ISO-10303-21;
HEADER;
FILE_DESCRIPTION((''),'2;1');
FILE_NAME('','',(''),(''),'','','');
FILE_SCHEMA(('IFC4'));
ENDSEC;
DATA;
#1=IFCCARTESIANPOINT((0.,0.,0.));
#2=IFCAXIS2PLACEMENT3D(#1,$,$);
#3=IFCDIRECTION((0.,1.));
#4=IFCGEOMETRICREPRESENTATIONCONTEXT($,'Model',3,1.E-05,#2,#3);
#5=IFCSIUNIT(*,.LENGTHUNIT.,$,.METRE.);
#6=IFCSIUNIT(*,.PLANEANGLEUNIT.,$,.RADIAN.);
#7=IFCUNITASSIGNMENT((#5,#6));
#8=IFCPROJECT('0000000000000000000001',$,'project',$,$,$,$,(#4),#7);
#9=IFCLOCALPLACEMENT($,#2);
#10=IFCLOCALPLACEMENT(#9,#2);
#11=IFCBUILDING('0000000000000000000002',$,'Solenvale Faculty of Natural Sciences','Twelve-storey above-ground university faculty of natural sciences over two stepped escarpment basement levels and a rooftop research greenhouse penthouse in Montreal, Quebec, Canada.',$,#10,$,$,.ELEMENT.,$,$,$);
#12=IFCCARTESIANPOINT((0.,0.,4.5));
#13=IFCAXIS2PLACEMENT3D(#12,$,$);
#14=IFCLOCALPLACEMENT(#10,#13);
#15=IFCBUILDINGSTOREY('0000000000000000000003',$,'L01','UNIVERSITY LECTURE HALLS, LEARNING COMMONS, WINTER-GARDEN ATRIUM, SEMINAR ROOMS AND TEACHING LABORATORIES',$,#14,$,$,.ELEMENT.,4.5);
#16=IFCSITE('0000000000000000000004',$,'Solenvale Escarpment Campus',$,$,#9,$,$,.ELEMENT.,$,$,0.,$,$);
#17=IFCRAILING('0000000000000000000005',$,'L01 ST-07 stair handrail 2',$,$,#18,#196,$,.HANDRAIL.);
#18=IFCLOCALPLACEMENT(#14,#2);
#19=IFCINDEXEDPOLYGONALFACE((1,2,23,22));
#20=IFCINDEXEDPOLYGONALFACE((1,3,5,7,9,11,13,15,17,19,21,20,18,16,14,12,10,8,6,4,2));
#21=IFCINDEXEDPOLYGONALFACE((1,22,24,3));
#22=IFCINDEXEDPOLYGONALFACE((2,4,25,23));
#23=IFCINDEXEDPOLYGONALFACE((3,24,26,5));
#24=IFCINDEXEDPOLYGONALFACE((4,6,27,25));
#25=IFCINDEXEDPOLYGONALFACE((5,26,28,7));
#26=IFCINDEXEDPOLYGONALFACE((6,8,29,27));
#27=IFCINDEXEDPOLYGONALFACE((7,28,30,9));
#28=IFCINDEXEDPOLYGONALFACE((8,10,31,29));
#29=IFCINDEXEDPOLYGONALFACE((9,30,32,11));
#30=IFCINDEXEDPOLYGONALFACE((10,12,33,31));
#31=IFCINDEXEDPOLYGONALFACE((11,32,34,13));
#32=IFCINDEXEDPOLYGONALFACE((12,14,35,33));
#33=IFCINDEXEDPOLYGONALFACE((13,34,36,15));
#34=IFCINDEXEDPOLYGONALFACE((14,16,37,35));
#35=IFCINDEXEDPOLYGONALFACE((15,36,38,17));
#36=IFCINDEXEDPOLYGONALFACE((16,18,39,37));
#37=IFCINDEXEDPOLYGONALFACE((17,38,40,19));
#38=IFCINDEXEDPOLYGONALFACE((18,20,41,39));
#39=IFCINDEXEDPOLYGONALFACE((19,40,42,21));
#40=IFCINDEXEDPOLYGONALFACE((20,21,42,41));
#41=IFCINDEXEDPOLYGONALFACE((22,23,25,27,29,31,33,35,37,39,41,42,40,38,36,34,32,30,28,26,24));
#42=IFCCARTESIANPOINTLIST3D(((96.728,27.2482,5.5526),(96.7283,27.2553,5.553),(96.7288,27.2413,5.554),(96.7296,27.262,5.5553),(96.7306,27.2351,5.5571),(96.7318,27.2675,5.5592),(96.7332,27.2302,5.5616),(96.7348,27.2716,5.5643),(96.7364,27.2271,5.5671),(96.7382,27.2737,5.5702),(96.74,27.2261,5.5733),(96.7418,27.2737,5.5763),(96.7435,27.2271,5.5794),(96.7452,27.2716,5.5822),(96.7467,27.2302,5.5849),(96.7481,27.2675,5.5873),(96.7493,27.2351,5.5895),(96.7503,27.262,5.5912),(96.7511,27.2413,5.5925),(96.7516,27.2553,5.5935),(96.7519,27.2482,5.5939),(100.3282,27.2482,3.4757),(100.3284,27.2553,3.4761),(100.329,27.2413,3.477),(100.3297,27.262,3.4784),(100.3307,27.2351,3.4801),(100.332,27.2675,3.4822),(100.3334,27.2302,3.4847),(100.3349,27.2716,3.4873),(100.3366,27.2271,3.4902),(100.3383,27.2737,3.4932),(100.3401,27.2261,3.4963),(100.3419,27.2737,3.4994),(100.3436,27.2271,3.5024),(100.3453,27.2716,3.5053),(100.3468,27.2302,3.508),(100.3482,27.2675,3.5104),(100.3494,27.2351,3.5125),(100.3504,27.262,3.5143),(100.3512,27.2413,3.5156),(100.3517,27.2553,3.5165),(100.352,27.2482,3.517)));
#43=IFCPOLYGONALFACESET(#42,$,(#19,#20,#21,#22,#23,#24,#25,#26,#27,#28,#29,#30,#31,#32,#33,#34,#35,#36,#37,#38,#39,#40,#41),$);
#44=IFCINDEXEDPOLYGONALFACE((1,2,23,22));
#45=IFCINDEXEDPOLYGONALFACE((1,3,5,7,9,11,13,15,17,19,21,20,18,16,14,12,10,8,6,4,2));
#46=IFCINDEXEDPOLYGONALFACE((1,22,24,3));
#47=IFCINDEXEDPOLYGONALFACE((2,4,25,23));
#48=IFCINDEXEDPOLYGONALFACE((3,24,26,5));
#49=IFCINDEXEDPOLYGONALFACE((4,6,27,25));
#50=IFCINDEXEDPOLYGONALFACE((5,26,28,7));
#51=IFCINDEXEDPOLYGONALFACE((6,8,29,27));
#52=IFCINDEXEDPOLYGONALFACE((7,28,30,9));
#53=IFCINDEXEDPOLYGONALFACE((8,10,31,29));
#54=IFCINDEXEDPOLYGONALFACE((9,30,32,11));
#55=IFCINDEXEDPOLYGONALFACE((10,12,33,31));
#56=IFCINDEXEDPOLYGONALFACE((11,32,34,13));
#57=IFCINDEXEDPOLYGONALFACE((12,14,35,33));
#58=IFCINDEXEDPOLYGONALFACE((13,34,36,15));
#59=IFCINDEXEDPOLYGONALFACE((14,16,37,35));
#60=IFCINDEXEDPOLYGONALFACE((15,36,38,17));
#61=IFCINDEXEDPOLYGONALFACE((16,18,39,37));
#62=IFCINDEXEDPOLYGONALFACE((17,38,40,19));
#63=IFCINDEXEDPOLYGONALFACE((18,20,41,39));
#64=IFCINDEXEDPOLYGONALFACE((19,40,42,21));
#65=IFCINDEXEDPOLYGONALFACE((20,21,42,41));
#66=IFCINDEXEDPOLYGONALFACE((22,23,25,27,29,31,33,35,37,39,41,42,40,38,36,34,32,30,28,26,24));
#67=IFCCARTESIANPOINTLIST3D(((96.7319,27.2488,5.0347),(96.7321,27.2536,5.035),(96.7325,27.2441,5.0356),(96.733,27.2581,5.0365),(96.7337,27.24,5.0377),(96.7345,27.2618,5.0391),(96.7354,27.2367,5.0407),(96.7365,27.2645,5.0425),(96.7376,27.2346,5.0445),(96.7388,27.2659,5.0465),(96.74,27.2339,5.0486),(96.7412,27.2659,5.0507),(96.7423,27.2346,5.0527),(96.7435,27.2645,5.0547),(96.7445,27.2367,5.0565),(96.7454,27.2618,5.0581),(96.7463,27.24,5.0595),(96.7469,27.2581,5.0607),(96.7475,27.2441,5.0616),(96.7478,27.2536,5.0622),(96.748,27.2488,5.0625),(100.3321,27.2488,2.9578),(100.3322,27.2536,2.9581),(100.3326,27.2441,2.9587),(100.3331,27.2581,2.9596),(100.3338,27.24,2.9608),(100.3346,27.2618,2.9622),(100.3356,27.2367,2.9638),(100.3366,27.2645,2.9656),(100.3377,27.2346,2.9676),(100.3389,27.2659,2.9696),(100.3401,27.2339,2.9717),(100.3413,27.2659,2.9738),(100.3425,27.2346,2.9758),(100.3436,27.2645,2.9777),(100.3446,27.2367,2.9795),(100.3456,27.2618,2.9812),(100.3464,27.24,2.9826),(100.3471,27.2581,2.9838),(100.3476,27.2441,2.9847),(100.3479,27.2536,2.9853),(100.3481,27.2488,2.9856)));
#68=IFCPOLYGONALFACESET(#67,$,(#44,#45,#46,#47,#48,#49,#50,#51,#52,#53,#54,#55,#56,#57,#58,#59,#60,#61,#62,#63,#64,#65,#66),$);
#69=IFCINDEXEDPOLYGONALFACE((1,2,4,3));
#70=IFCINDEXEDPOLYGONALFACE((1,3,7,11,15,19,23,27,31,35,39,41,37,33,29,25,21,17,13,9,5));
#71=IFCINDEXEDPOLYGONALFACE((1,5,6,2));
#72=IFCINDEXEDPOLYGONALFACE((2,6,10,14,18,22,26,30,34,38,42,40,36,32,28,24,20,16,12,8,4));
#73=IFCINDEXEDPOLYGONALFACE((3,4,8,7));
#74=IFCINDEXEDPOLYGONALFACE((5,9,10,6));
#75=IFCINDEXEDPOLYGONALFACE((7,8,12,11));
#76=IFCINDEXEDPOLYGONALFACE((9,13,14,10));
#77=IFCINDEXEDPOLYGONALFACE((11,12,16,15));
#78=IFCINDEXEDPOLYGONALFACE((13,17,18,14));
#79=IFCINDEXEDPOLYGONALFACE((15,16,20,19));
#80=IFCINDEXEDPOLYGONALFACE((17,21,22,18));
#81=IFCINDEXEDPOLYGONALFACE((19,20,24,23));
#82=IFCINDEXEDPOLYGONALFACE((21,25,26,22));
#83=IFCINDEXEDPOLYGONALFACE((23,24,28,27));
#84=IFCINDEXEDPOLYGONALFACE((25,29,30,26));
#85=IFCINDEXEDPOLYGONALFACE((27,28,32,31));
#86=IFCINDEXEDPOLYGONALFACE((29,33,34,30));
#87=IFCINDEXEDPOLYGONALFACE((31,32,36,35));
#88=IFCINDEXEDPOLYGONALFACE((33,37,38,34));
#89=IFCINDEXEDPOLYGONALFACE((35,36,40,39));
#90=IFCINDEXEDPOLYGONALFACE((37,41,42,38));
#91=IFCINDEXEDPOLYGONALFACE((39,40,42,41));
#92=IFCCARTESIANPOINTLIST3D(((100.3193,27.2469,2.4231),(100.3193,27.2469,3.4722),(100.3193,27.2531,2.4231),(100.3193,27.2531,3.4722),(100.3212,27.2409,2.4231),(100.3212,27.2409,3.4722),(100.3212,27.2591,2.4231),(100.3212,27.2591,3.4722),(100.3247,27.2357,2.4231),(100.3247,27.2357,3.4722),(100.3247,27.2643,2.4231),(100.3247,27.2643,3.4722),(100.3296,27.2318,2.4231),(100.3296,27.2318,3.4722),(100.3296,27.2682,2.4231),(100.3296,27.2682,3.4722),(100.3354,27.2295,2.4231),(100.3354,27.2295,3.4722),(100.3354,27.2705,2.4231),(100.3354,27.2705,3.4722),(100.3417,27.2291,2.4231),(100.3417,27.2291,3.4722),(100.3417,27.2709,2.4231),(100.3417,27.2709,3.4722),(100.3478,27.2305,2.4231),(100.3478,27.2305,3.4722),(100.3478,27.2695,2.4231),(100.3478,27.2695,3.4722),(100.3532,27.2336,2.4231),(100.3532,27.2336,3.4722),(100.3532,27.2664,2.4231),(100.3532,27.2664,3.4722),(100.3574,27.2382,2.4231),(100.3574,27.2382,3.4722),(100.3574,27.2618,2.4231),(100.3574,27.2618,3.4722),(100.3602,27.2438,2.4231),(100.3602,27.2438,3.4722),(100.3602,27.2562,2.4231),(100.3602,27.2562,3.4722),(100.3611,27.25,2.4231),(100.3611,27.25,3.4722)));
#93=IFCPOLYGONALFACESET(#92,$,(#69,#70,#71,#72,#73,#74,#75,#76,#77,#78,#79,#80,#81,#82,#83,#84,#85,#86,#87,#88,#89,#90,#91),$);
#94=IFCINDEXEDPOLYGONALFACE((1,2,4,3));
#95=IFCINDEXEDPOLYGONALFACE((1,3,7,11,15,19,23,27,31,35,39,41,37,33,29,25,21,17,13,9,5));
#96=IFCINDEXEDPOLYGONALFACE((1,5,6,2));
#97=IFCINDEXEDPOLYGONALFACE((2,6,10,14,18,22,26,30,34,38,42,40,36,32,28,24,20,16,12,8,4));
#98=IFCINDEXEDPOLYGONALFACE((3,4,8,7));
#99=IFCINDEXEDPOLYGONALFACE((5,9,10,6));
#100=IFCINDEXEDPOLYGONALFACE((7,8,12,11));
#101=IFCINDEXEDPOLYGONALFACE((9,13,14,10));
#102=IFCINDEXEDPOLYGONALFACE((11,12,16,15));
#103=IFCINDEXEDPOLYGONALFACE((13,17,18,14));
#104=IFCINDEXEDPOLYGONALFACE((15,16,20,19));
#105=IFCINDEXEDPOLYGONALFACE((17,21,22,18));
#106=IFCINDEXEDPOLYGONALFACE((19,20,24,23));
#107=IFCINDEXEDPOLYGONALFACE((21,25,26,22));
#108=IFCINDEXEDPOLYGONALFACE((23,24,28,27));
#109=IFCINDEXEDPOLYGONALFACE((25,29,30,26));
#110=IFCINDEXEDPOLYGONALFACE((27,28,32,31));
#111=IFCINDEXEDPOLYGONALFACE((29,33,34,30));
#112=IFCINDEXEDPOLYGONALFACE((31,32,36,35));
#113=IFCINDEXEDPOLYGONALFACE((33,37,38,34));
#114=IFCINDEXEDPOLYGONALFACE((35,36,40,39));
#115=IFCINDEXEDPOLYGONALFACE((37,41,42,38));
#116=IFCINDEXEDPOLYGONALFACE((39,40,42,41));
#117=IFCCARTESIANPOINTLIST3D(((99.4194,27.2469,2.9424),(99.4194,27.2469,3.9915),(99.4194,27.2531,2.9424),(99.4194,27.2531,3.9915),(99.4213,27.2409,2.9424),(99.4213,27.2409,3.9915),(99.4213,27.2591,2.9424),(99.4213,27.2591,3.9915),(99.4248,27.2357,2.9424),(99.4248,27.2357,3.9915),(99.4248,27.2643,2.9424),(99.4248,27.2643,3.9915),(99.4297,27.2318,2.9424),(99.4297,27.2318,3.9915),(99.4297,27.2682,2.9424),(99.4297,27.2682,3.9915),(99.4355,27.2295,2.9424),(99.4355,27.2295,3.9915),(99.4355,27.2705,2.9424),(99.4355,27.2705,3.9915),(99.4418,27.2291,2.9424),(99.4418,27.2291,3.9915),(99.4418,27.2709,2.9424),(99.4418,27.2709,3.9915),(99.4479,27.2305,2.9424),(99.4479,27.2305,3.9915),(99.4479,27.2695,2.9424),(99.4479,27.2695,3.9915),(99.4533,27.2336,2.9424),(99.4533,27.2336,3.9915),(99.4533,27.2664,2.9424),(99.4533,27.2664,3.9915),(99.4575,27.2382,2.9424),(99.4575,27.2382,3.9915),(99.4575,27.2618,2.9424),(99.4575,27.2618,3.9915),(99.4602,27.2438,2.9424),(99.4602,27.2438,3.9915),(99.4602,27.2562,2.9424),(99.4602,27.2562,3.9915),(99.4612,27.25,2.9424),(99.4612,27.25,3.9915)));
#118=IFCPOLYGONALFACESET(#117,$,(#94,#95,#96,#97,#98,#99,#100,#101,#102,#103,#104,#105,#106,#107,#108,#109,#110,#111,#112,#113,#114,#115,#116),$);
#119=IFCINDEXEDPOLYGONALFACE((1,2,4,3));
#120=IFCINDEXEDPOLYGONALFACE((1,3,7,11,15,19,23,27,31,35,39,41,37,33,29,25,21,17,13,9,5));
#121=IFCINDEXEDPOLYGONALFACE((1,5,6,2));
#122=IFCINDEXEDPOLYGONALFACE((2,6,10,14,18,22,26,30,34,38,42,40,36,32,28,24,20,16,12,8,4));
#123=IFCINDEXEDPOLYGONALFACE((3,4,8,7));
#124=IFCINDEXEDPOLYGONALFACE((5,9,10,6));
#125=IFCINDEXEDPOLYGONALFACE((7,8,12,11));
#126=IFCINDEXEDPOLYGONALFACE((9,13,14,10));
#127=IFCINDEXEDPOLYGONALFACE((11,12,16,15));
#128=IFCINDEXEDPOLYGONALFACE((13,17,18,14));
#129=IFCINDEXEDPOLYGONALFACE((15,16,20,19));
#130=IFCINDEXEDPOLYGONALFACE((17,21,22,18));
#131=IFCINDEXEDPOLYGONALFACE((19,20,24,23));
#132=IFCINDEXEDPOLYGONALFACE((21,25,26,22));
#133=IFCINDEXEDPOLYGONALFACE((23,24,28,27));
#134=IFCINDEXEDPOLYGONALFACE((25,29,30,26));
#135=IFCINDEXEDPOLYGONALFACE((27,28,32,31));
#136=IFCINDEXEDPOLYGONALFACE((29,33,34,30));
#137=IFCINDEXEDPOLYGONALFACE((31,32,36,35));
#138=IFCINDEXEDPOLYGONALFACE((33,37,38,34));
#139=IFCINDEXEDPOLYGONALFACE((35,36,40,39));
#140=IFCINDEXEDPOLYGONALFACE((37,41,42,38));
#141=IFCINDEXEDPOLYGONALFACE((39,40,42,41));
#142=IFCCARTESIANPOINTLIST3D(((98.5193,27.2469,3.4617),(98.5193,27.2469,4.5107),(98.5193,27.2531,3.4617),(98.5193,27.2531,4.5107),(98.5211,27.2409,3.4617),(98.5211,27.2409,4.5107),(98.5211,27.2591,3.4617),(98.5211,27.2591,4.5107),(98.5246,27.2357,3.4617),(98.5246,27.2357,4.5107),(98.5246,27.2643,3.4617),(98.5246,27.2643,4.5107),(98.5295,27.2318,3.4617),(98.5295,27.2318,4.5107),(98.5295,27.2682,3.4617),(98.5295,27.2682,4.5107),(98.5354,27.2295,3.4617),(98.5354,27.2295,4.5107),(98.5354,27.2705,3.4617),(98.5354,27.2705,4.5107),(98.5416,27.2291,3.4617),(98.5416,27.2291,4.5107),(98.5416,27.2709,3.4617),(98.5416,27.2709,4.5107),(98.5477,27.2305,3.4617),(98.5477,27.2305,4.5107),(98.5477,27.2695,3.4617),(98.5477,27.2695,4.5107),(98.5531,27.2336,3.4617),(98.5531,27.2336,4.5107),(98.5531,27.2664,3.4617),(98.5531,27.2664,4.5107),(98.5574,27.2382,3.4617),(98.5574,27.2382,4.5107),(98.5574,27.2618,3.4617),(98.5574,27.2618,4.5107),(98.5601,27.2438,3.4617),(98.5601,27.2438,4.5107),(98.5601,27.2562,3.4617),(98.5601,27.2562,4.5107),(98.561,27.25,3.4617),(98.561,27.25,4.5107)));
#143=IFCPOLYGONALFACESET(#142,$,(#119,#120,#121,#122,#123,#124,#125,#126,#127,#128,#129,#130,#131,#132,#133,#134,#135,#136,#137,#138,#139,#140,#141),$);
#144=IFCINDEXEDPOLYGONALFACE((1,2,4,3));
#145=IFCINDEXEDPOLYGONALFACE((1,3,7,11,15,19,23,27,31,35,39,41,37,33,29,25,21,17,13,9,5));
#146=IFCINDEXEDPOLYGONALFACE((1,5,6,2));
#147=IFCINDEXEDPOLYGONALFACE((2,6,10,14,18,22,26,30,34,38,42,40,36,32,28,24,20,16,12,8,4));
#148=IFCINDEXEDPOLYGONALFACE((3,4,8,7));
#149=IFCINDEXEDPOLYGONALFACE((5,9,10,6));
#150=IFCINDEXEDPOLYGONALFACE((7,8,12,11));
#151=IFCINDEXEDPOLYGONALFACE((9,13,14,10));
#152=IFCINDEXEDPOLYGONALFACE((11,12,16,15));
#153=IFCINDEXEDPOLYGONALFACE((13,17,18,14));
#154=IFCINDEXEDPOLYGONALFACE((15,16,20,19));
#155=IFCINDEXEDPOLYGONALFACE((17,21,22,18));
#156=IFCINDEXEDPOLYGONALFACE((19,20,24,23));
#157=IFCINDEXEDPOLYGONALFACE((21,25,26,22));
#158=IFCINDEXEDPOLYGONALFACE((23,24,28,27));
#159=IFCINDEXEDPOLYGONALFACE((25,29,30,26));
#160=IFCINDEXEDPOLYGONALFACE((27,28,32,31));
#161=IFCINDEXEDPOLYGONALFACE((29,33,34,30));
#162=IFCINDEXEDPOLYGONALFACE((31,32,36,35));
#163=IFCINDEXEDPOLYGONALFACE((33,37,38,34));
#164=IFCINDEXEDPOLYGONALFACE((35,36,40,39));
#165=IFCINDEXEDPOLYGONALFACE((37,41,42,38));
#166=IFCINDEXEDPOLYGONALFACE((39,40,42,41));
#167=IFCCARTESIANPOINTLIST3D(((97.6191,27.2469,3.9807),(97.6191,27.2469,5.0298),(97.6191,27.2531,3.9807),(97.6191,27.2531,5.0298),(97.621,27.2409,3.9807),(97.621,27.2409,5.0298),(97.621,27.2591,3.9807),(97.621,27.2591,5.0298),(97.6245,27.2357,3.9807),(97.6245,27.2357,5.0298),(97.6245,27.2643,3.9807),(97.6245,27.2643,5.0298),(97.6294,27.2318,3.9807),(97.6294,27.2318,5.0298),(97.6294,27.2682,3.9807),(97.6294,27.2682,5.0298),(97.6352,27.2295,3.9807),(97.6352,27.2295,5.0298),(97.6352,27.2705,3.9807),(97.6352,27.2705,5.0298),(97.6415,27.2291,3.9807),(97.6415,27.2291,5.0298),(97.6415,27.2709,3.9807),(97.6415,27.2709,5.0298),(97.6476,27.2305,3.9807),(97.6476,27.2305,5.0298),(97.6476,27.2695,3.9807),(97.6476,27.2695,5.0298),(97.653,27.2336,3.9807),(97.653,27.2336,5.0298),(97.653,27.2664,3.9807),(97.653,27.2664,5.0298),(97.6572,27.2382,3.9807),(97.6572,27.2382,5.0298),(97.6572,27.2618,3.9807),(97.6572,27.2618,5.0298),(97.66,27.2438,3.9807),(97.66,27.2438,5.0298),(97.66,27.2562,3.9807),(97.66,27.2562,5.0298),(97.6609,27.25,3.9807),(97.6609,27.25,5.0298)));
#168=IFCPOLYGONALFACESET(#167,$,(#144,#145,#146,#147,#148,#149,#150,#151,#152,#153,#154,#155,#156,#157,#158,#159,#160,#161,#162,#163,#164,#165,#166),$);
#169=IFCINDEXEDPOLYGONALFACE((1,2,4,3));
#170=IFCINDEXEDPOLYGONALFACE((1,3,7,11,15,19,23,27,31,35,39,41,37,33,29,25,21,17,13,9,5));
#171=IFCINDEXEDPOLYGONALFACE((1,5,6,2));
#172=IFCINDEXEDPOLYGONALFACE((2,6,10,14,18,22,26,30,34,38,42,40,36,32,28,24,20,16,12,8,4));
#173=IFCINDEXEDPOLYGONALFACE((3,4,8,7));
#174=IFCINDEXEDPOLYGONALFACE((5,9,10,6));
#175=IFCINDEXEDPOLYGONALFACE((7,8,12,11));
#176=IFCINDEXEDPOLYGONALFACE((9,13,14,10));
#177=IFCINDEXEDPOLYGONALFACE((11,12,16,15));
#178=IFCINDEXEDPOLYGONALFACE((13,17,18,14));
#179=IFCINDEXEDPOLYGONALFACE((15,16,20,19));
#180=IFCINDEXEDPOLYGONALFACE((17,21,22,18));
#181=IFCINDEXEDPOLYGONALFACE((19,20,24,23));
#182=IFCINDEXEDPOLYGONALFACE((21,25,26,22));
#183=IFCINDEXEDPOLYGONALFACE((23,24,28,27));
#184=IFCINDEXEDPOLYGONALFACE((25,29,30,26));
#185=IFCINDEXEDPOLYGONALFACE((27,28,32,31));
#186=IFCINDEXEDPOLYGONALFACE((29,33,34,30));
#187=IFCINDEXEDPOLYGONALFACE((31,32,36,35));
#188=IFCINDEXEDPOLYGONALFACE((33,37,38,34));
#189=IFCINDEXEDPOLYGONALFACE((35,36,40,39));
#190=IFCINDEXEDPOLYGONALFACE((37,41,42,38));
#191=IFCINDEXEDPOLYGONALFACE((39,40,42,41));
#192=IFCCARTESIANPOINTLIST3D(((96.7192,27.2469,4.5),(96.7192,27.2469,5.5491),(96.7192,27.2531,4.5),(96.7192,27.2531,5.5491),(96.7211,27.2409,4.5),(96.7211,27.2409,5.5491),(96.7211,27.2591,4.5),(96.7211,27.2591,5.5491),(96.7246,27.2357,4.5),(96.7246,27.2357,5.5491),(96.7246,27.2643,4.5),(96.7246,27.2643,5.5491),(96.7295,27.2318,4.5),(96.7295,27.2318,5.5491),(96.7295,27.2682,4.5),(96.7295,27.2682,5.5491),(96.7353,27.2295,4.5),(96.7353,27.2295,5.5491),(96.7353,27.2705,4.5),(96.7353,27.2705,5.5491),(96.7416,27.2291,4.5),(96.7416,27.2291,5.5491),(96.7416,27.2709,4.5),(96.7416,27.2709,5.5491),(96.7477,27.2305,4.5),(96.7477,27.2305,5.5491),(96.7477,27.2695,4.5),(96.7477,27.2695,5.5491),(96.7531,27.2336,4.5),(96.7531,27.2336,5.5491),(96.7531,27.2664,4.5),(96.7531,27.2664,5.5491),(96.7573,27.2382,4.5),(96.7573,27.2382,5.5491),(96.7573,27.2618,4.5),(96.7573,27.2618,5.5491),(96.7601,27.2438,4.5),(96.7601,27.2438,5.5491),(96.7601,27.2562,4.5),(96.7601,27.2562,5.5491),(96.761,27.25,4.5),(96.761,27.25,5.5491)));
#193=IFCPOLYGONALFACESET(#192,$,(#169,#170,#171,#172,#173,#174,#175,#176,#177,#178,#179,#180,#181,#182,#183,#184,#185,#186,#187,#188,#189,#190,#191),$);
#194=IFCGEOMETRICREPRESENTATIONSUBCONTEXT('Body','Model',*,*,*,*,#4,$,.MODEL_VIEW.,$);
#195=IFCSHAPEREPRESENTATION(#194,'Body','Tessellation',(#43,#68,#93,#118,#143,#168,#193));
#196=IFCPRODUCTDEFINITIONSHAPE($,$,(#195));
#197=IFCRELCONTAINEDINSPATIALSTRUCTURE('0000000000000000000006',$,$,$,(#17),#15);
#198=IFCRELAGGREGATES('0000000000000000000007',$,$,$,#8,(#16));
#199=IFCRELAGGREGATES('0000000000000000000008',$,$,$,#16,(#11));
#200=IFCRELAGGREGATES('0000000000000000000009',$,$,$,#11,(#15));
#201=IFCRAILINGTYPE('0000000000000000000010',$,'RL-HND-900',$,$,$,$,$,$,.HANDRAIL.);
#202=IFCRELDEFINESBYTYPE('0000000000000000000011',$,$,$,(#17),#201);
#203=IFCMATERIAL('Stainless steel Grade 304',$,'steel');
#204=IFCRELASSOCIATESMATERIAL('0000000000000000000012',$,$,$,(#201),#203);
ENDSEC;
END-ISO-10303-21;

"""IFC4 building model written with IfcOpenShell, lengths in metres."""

from ifc_helpers import new_model, si_unit, direction, frame, origin, origin_2d, place, context, subcontext, project, spatial, circle, extrude, material, type_object, element, save


model = new_model("IFC4")

# Units and contexts
model_context = context("Model", 3, precision=1e-05, world=origin(), true_north=direction((0.0, 1.0)))
body_context = subcontext(model_context, "Body", "Model", "MODEL_VIEW")
ifc_project = project(units=[si_unit("LENGTHUNIT", "METRE"), si_unit("PLANEANGLEUNIT", "RADIAN")], contexts=[model_context])

# Site, building, storey
site_placement = place(None, origin())
site = spatial("IfcSite", under=ifc_project, at=site_placement, Name="Solenvale Escarpment Campus", CompositionType="ELEMENT", RefElevation=0.0)
building_placement = place(site_placement, origin())
building = spatial("IfcBuilding", under=site, at=building_placement, Name="Solenvale Faculty of Natural Sciences", Description="Twelve-storey above-ground university faculty of natural sciences over two stepped escarpment basement levels and a rooftop research greenhouse penthouse in Montreal, Quebec, Canada.", CompositionType="ELEMENT")
storey_placement = place(building_placement, frame((0.0, 0.0, 4.5)))
storey = spatial("IfcBuildingStorey", under=building, at=storey_placement, Name="L01", Description="UNIVERSITY LECTURE HALLS, LEARNING COMMONS, WINTER-GARDEN ATRIUM, SEMINAR ROOMS AND TEACHING LABORATORIES", CompositionType="ELEMENT", Elevation=4.5)

# Railing
ifc_material_1 = material(Name="Stainless steel Grade 304", Category="steel")
railing_type_1 = type_object("IfcRailingType", Name="RL-HND-900", PredefinedType="HANDRAIL", material=ifc_material_1)
railing_1_placement = place(storey_placement, frame((100.3401, 27.25, 2.4231)))
element("IfcRailing", 1, at=railing_1_placement, inside=storey, type_object=railing_type_1, Name="L01 ST-07 stair handrail 2", PredefinedType="HANDRAIL", context=body_context, shape_type="SweptSolid", body=[
    extrude(circle(Radius=0.0239, at=origin_2d()), frame((0.0, 0.0, 1.0732), z_axis=(-0.866193, 0.0, 0.499709), x_axis=(0.0, -1.0, 0.0)), (0.0, 0.0, 1.0), 4.1562),
    extrude(circle(Radius=0.0161, at=origin_2d()), frame((0.0, 0.0, 0.5486), z_axis=(-0.866193, 0.0, 0.499709), x_axis=(0.0, -1.0, 0.0)), (0.0, 0.0, 1.0), 4.1562),
    extrude(circle(Radius=0.021, at=origin_2d()), origin(), (0.0, 0.0, 1.0), 1.0491),
    extrude(circle(Radius=0.021, at=origin_2d()), frame((-0.8999, 0.0, 0.5193)), (0.0, 0.0, 1.0), 1.0491),
    extrude(circle(Radius=0.021, at=origin_2d()), frame((-1.8, 0.0, 1.0386)), (0.0, 0.0, 1.0), 1.0491),
    extrude(circle(Radius=0.021, at=origin_2d()), frame((-2.7002, 0.0, 1.5576)), (0.0, 0.0, 1.0), 1.0491),
    extrude(circle(Radius=0.021, at=origin_2d()), frame((-3.6001, 0.0, 2.0769)), (0.0, 0.0, 1.0), 1.0491),
])

save(model, "model.ifc")
